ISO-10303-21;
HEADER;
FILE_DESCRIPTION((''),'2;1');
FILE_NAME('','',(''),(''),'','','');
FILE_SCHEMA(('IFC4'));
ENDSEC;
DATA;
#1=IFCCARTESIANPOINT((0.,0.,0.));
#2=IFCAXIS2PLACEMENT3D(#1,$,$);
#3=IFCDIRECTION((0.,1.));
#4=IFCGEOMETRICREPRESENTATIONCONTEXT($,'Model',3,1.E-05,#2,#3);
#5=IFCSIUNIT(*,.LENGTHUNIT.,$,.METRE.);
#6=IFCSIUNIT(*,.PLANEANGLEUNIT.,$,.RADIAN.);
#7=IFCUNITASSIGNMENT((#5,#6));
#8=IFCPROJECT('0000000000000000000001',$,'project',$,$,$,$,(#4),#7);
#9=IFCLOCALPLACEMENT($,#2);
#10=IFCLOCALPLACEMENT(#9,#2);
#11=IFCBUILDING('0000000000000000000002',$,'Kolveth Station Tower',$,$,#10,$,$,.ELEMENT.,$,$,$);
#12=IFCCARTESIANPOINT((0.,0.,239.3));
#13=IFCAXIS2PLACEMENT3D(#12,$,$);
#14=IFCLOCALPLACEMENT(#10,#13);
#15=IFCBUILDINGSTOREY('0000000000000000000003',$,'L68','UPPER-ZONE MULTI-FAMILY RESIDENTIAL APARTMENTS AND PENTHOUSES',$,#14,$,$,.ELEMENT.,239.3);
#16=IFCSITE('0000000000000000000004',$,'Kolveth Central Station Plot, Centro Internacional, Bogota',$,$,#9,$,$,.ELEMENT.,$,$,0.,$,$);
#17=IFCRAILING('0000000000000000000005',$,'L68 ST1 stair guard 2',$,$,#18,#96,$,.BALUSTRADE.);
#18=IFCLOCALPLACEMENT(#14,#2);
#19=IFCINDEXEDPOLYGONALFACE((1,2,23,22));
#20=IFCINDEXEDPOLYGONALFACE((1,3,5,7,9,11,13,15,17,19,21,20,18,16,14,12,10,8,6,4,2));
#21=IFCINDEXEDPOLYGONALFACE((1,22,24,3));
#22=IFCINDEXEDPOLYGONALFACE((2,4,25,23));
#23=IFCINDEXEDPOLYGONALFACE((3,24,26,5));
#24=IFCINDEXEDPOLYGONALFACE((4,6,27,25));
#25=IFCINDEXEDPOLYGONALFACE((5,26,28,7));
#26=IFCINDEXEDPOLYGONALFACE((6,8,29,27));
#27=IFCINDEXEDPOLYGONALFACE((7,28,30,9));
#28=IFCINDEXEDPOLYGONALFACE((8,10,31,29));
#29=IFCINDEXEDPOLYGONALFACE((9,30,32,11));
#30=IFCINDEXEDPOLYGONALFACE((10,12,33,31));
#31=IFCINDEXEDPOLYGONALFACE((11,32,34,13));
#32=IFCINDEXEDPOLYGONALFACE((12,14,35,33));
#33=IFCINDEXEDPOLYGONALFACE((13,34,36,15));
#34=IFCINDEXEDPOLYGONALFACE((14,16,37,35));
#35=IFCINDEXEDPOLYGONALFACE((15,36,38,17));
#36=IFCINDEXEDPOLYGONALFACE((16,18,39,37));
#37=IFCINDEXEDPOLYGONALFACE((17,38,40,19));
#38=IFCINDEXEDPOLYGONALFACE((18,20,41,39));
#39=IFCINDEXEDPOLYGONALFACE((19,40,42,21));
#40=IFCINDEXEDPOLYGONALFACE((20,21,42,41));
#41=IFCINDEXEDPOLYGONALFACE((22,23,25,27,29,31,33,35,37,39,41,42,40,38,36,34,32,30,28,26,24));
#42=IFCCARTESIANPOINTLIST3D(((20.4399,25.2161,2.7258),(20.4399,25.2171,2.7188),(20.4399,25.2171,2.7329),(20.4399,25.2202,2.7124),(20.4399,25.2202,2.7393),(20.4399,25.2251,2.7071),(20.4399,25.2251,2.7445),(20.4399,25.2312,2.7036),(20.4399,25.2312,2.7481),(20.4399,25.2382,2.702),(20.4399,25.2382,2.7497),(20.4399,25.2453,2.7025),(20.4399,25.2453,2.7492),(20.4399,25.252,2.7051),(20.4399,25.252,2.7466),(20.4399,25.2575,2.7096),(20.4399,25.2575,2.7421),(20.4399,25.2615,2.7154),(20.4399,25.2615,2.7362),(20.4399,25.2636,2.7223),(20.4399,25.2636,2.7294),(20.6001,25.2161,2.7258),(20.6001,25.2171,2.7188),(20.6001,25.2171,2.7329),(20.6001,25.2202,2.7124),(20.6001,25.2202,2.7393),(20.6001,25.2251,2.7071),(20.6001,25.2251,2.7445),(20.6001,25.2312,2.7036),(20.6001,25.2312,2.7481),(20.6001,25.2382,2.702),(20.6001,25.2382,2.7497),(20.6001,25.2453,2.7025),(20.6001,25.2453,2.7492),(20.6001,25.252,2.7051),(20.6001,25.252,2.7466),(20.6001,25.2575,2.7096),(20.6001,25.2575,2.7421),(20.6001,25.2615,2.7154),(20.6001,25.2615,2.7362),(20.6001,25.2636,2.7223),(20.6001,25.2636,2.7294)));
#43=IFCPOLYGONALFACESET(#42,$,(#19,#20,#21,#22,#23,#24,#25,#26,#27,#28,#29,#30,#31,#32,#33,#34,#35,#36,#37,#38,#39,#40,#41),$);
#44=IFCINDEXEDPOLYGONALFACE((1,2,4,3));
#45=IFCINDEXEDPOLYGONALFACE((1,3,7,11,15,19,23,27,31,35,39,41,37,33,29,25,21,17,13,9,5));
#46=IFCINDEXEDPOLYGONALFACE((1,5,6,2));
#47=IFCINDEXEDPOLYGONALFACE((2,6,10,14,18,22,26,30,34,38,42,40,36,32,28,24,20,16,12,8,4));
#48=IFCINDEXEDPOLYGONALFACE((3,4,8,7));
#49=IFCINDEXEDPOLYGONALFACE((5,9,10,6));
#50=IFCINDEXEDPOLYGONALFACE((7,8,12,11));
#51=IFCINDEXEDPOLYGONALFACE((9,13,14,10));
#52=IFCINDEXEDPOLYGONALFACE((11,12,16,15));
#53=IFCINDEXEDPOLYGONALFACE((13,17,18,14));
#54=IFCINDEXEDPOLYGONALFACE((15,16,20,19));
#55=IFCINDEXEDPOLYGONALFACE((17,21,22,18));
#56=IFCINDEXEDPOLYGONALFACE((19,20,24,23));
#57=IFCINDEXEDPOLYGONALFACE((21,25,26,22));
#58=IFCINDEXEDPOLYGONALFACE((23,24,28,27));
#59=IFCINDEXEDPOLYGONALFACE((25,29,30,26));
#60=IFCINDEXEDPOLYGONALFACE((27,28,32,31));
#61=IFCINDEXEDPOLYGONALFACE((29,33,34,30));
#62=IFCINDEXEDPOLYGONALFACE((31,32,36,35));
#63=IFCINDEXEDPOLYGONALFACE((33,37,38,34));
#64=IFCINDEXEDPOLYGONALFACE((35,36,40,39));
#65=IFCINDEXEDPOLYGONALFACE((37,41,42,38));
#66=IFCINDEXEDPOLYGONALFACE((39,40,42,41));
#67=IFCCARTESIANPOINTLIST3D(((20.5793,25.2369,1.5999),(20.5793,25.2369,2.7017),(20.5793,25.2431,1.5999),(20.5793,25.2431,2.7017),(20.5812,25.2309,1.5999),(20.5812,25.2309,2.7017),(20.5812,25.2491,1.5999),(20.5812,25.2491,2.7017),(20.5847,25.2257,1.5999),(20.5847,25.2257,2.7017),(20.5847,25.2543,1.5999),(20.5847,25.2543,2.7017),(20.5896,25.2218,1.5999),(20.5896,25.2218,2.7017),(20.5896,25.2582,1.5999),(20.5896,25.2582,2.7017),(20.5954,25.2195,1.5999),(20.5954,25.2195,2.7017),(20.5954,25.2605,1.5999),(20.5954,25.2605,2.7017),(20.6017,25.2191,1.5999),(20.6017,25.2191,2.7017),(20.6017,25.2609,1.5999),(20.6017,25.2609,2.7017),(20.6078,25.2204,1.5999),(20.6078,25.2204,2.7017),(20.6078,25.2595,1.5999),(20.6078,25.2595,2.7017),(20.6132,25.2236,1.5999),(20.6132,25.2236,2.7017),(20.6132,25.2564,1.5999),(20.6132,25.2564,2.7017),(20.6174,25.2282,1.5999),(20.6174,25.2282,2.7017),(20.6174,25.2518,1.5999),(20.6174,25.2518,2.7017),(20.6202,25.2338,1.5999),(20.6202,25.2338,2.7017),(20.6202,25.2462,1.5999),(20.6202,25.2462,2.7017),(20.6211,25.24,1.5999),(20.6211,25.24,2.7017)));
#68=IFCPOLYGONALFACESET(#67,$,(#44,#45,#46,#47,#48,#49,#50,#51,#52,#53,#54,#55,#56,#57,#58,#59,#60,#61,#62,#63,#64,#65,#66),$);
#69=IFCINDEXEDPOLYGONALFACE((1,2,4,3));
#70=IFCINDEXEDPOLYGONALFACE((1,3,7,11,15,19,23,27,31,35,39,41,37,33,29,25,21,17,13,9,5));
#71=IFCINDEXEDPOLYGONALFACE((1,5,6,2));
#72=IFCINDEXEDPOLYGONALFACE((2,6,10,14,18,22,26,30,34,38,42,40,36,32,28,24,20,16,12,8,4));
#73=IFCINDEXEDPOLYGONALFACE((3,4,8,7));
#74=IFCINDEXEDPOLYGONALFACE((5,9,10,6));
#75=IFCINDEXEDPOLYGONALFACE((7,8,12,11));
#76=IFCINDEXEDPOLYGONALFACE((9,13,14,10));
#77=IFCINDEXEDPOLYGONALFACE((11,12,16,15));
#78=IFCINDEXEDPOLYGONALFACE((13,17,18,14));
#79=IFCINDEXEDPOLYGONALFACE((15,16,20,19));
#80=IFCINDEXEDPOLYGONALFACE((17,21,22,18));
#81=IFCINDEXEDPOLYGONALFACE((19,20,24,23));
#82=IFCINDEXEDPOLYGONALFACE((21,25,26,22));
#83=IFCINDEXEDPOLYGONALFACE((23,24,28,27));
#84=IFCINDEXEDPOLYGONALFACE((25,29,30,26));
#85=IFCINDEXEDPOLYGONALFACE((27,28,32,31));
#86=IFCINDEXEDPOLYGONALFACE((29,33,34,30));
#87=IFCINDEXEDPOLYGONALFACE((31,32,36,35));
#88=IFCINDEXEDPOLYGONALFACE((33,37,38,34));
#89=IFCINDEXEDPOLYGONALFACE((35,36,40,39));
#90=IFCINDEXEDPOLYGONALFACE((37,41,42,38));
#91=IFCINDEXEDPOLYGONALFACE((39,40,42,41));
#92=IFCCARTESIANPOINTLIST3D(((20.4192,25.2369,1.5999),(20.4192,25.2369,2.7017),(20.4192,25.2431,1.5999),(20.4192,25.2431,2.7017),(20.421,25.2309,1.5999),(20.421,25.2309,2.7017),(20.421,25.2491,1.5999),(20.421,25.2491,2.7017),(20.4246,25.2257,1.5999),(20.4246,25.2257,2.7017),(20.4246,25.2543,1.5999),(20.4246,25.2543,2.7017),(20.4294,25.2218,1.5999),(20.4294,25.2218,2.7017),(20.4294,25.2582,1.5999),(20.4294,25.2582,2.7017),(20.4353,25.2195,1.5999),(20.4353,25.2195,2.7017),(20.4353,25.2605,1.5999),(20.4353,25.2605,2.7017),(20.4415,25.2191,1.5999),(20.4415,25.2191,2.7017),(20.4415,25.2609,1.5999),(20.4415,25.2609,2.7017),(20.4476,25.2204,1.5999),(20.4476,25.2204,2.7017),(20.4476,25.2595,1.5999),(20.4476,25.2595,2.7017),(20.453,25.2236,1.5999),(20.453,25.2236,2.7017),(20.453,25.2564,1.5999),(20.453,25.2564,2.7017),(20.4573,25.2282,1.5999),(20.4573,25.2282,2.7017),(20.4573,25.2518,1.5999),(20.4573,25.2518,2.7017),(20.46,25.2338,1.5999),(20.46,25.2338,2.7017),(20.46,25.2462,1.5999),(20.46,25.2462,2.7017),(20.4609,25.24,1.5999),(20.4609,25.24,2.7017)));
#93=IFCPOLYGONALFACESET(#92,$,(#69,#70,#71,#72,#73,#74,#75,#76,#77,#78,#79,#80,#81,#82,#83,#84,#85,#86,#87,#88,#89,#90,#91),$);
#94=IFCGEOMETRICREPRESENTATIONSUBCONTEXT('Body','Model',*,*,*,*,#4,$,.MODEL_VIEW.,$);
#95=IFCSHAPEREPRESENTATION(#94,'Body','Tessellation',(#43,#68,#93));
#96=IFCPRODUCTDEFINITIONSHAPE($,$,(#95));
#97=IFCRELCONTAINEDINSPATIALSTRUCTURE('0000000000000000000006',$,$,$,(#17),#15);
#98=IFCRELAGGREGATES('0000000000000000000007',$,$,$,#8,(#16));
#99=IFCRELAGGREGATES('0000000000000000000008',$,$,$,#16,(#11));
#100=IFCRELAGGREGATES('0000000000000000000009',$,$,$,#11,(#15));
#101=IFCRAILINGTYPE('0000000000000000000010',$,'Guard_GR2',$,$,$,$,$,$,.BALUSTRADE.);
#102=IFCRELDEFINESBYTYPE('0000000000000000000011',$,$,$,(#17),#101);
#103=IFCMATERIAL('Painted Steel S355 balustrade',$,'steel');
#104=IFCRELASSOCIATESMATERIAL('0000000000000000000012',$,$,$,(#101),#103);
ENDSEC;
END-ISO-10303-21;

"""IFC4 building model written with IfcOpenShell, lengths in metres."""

from ifc_helpers import new_model, si_unit, direction, frame, origin, origin_2d, place, context, subcontext, project, spatial, circle, extrude, material, type_object, element, save


model = new_model("IFC4")

# Units and contexts
model_context = context("Model", 3, precision=1e-05, world=origin(), true_north=direction((0.0, 1.0)))
body_context = subcontext(model_context, "Body", "Model", "MODEL_VIEW")
ifc_project = project(units=[si_unit("LENGTHUNIT", "METRE"), si_unit("PLANEANGLEUNIT", "RADIAN")], contexts=[model_context])

# Site, building, storey
site_placement = place(None, origin())
site = spatial("IfcSite", under=ifc_project, at=site_placement, Name="Kolveth Central Station Plot, Centro Internacional, Bogota", CompositionType="ELEMENT", RefElevation=0.0)
building_placement = place(site_placement, origin())
building = spatial("IfcBuilding", under=site, at=building_placement, Name="Kolveth Station Tower", CompositionType="ELEMENT")
storey_placement = place(building_placement, frame((0.0, 0.0, 239.3)))
storey = spatial("IfcBuildingStorey", under=building, at=storey_placement, Name="L68", Description="UPPER-ZONE MULTI-FAMILY RESIDENTIAL APARTMENTS AND PENTHOUSES", CompositionType="ELEMENT", Elevation=239.3)

# Railing
ifc_material_1 = material(Name="Painted Steel S355 balustrade", Category="steel")
railing_type_1 = type_object("IfcRailingType", Name="Guard_GR2", PredefinedType="BALUSTRADE", material=ifc_material_1)
railing_1_placement = place(storey_placement, frame((20.6001, 25.24, 1.5999)))
element("IfcRailing", 1, at=railing_1_placement, inside=storey, type_object=railing_type_1, Name="L68 ST1 stair guard 2", PredefinedType="BALUSTRADE", context=body_context, shape_type="SweptSolid", body=[
    extrude(circle(Radius=0.0239, at=origin_2d()), frame((0.0, 0.0, 1.126), z_axis=(-1.0, 0.0, 0.0), x_axis=(0.0, -1.0, 0.0)), (0.0, 0.0, 1.0), 0.1602),
    extrude(circle(Radius=0.021, at=origin_2d()), origin(), (0.0, 0.0, 1.0), 1.1018),
    extrude(circle(Radius=0.021, at=origin_2d()), frame((-0.1602, 0.0, 0.0)), (0.0, 0.0, 1.0), 1.1018),
])

save(model, "model.ifc")
